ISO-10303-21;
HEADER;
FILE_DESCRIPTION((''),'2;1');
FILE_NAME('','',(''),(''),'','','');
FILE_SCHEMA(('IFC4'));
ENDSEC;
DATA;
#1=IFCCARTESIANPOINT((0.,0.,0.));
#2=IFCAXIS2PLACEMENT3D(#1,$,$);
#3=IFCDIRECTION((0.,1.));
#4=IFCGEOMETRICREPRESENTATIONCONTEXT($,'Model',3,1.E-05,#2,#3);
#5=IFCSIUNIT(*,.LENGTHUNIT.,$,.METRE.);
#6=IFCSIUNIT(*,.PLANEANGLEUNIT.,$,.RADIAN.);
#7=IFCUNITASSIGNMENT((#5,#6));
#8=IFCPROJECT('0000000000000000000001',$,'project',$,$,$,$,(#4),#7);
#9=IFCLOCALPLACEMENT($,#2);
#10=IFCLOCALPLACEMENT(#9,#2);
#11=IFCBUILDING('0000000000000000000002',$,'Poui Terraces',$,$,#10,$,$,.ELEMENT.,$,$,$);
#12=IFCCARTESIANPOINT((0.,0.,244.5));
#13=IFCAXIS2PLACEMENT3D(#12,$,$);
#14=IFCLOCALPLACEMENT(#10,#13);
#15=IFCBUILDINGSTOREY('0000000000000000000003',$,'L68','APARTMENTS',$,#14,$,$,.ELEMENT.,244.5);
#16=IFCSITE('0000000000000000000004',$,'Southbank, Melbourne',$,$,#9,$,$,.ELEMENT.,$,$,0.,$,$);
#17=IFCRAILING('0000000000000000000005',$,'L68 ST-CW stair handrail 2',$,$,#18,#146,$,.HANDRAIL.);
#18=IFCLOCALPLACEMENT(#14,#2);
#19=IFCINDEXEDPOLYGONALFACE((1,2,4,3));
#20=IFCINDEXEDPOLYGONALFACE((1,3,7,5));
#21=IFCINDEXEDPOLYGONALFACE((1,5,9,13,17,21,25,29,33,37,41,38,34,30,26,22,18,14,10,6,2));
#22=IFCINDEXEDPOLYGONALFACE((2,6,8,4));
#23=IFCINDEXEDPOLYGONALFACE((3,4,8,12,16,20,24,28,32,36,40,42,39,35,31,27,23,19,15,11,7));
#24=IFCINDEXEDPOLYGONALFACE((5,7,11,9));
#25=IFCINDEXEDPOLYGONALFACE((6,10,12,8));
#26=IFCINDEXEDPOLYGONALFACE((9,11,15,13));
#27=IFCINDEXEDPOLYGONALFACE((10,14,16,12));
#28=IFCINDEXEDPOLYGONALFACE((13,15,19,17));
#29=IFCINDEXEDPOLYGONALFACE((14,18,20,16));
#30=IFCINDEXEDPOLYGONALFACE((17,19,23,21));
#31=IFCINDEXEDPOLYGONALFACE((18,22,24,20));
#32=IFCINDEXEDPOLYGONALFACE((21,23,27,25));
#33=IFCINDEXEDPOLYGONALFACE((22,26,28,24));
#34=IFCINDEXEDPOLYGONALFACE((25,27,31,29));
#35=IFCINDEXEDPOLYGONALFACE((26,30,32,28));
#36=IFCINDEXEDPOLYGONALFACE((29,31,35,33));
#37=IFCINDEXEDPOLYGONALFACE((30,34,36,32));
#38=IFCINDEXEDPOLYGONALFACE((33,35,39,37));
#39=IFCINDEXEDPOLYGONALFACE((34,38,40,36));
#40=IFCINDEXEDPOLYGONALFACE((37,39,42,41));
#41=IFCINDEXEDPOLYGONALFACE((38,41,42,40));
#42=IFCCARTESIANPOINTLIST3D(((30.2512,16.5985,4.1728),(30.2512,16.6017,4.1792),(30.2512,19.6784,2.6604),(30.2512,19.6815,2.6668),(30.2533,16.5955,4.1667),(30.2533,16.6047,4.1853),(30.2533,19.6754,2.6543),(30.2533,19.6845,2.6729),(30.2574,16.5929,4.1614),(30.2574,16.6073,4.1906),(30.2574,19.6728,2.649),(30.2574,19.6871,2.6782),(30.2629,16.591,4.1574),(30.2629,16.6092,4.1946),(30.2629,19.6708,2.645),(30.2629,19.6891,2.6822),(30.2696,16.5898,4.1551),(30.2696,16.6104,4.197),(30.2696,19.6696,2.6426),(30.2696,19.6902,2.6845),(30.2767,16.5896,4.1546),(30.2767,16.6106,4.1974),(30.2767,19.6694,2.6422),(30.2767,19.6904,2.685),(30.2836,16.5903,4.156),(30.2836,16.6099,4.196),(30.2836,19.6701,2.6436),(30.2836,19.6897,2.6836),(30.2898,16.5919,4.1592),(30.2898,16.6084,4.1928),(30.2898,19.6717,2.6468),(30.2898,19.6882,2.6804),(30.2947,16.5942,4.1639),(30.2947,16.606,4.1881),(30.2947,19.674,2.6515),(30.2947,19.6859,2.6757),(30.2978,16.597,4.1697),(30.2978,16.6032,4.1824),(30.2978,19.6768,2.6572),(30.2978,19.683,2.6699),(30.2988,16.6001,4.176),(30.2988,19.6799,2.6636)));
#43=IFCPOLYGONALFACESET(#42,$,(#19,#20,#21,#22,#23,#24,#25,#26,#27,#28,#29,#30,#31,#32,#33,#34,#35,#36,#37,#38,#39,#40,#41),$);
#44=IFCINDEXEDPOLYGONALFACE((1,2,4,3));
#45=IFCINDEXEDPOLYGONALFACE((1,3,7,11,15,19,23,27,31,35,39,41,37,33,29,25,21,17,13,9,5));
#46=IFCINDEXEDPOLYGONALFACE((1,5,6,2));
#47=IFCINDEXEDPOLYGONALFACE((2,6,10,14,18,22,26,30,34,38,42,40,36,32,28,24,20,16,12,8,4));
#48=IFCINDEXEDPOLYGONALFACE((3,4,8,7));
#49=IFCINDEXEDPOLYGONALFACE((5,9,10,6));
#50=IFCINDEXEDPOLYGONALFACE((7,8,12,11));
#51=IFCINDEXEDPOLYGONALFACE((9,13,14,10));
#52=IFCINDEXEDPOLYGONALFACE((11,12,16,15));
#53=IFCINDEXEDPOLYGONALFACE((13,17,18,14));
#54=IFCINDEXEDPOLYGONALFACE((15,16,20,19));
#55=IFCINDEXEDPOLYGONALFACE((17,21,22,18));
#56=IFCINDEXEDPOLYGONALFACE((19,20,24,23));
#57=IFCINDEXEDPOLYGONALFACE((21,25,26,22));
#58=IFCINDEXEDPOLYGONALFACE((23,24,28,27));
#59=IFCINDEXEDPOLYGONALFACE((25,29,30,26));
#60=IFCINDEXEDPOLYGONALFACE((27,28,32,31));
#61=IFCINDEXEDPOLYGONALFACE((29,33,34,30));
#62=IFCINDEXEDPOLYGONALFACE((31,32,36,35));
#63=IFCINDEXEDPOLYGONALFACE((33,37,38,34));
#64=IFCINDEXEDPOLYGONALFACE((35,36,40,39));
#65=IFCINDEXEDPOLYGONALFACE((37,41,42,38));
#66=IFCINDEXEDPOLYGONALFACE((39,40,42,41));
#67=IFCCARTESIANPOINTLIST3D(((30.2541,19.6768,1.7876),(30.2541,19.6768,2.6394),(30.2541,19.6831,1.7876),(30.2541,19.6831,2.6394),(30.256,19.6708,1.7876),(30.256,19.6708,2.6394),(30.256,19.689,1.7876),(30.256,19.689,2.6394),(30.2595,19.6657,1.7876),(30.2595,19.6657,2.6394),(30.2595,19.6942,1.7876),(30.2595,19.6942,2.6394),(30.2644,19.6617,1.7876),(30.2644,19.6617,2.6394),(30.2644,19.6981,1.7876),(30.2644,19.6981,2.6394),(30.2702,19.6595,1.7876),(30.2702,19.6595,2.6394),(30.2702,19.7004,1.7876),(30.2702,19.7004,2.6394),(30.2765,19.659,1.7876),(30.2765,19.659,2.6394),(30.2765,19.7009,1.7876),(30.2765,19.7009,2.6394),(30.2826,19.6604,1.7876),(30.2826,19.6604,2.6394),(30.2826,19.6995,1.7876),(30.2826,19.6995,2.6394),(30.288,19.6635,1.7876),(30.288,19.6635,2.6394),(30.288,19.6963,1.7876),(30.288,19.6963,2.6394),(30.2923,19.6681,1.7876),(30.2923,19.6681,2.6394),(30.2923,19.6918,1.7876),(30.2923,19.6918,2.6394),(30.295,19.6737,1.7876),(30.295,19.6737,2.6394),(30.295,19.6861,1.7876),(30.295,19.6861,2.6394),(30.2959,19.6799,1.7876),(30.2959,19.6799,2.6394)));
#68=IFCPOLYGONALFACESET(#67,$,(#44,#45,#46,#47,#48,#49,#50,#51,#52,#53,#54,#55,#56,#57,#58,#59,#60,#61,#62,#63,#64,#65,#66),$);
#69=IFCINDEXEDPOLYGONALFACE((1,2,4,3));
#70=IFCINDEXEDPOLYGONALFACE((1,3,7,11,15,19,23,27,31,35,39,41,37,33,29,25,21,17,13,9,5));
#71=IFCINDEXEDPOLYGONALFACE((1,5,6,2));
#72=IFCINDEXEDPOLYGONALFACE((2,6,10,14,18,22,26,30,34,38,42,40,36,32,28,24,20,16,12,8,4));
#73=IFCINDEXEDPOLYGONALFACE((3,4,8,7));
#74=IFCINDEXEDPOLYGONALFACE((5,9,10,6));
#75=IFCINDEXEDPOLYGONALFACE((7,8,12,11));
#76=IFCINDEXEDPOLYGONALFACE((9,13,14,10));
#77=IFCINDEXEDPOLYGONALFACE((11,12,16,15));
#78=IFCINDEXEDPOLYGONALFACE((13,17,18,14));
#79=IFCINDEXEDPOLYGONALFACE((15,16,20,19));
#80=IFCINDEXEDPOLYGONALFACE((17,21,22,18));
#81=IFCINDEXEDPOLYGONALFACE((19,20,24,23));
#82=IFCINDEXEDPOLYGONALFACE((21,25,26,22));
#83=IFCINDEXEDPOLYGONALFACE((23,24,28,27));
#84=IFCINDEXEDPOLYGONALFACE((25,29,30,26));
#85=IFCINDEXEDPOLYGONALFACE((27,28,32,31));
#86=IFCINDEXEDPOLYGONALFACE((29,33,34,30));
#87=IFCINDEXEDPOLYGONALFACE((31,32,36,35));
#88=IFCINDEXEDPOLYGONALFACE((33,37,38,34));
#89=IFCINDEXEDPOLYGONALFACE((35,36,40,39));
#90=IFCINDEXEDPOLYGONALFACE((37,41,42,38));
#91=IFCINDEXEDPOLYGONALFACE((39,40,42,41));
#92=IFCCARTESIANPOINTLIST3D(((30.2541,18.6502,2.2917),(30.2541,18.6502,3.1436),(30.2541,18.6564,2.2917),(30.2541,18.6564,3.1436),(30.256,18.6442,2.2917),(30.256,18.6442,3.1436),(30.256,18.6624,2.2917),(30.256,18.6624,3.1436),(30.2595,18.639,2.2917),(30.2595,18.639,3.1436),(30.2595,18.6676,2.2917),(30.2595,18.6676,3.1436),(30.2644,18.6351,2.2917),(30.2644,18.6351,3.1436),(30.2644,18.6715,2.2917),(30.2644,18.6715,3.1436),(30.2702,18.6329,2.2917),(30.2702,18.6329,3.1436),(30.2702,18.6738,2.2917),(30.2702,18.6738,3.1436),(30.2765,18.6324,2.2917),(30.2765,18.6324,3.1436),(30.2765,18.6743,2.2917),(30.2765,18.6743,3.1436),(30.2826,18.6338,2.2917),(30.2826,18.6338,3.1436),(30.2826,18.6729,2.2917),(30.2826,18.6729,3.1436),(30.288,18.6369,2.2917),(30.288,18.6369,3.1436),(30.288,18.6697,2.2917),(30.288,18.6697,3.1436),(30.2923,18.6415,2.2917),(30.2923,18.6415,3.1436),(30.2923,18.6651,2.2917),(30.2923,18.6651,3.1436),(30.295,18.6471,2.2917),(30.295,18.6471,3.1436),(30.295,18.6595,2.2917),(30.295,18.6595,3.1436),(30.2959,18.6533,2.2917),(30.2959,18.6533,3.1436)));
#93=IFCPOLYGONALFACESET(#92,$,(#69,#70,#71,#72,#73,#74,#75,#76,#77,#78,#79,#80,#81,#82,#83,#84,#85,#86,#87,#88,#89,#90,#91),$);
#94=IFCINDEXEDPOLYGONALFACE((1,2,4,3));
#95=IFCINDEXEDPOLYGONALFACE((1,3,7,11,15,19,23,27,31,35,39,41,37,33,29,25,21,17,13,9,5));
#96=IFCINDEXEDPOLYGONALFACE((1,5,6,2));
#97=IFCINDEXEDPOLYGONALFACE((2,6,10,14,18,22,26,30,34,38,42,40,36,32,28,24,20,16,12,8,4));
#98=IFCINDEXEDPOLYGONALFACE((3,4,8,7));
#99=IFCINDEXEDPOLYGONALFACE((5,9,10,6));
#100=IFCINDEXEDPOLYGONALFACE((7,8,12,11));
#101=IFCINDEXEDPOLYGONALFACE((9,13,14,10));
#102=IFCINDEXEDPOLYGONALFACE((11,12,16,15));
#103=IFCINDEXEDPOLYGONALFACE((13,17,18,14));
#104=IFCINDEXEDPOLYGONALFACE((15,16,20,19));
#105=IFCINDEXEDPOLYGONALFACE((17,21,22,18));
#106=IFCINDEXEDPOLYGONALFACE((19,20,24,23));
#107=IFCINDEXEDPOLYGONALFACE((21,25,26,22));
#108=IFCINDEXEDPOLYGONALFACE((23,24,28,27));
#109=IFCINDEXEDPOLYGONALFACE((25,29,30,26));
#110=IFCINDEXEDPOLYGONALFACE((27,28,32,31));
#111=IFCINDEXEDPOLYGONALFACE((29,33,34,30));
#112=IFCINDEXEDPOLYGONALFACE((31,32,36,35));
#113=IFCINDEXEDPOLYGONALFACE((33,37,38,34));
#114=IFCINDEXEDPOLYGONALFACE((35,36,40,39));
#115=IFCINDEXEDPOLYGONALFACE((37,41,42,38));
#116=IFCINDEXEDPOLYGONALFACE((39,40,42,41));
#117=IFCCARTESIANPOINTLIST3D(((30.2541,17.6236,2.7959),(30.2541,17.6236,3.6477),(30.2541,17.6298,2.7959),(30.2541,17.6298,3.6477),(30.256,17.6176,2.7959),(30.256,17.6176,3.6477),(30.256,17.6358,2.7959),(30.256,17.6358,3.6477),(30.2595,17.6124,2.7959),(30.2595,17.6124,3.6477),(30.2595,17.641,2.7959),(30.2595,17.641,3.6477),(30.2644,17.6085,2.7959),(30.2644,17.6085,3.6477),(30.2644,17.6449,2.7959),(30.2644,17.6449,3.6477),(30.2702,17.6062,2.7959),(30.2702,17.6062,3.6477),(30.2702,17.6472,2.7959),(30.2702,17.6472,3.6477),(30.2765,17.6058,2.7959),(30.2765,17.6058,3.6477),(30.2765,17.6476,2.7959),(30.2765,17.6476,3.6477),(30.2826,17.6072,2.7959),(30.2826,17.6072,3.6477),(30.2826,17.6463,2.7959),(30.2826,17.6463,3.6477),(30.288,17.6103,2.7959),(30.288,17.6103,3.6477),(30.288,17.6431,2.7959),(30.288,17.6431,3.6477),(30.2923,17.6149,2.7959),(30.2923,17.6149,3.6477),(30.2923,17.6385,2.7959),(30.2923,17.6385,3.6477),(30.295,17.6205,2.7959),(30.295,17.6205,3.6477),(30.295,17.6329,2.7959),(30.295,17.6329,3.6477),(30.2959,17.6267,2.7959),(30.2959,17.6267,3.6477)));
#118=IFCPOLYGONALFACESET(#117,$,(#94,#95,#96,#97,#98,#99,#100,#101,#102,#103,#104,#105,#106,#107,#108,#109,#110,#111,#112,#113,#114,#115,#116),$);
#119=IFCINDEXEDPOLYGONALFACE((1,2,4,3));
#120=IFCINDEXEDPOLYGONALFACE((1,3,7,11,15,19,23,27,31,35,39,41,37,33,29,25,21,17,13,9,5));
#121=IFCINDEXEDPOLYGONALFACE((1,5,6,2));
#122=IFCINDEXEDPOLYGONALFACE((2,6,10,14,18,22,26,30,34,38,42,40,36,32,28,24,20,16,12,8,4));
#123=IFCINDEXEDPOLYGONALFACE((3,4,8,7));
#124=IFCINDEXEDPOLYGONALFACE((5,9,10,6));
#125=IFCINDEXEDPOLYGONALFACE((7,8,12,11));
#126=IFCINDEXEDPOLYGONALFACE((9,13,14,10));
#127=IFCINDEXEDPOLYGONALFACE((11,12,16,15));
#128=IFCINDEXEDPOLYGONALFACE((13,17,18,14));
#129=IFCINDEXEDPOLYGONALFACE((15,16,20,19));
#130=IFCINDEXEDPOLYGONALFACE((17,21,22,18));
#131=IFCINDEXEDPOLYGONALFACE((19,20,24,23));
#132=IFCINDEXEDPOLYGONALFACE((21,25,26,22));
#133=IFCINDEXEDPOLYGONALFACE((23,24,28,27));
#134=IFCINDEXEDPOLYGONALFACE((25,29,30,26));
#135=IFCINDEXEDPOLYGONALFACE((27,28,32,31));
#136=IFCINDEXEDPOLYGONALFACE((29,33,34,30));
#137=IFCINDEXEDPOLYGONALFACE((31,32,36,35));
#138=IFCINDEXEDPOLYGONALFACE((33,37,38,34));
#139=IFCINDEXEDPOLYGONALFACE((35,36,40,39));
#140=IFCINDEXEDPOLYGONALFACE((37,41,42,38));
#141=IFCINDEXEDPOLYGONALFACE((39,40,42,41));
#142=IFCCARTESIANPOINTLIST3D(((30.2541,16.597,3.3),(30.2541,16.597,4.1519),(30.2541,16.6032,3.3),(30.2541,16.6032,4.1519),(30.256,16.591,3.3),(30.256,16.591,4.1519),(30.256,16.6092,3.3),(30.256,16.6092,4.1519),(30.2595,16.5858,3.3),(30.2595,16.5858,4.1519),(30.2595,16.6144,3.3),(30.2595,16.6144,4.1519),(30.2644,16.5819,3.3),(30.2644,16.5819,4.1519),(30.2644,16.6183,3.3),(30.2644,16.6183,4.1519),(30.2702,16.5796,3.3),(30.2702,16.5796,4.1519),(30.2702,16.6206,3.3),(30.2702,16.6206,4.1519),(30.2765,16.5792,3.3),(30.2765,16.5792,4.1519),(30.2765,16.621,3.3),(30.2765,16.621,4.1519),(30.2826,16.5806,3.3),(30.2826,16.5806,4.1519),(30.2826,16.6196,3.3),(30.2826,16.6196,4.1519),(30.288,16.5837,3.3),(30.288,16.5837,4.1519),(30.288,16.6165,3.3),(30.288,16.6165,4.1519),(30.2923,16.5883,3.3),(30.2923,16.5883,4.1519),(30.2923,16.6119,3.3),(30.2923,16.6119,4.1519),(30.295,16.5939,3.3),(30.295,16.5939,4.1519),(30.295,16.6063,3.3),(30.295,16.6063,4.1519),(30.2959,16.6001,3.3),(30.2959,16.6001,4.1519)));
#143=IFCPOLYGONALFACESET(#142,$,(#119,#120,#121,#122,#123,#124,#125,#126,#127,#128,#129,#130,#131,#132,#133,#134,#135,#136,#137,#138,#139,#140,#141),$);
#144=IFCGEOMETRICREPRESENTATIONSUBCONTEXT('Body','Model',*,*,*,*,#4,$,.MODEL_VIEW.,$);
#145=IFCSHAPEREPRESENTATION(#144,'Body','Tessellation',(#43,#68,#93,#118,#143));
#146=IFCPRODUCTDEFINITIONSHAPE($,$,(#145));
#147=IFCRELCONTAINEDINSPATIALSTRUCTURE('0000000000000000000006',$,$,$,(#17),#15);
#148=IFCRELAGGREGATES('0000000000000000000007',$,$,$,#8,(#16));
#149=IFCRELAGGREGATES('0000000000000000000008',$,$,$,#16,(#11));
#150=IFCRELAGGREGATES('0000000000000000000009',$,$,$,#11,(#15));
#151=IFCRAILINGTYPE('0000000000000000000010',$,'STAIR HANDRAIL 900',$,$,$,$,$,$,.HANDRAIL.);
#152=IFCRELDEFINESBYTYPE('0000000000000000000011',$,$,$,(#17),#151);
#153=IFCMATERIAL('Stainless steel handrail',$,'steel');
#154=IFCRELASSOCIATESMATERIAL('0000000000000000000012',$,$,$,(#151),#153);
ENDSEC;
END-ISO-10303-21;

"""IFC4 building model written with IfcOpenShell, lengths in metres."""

from ifc_helpers import new_model, si_unit, direction, frame, origin, origin_2d, place, context, subcontext, project, spatial, circle, extrude, material, type_object, element, save


model = new_model("IFC4")

# Units and contexts
model_context = context("Model", 3, precision=1e-05, world=origin(), true_north=direction((0.0, 1.0)))
body_context = subcontext(model_context, "Body", "Model", "MODEL_VIEW")
ifc_project = project(units=[si_unit("LENGTHUNIT", "METRE"), si_unit("PLANEANGLEUNIT", "RADIAN")], contexts=[model_context])

# Site, building, storey
site_placement = place(None, origin())
site = spatial("IfcSite", under=ifc_project, at=site_placement, Name="Southbank, Melbourne", CompositionType="ELEMENT", RefElevation=0.0)
building_placement = place(site_placement, origin())
building = spatial("IfcBuilding", under=site, at=building_placement, Name="Poui Terraces", CompositionType="ELEMENT")
storey_placement = place(building_placement, frame((0.0, 0.0, 244.5)))
storey = spatial("IfcBuildingStorey", under=building, at=storey_placement, Name="L68", Description="APARTMENTS", CompositionType="ELEMENT", Elevation=244.5)

# Railing
ifc_material_1 = material(Name="Stainless steel handrail", Category="steel")
railing_type_1 = type_object("IfcRailingType", Name="STAIR HANDRAIL 900", PredefinedType="HANDRAIL", material=ifc_material_1)
railing_1_placement = place(storey_placement, frame((30.2749, 19.6799, 1.7876)))
element("IfcRailing", 1, at=railing_1_placement, inside=storey, type_object=railing_type_1, Name="L68 ST-CW stair handrail 2", PredefinedType="HANDRAIL", context=body_context, shape_type="SweptSolid", body=[
    extrude(circle(Radius=0.0239, at=origin_2d()), frame((0.0, 0.0, 0.876), z_axis=(0.0, -0.897606, 0.440798), x_axis=(1.0, 0.0, 0.0)), (0.0, 0.0, 1.0), 3.4312),
    extrude(circle(Radius=0.021, at=origin_2d()), origin(), (0.0, 0.0, 1.0), 0.8518),
    extrude(circle(Radius=0.021, at=origin_2d()), frame((0.0, -1.0266, 0.5042)), (0.0, 0.0, 1.0), 0.8518),
    extrude(circle(Radius=0.021, at=origin_2d()), frame((0.0, -2.0532, 1.0083)), (0.0, 0.0, 1.0), 0.8518),
    extrude(circle(Radius=0.021, at=origin_2d()), frame((0.0, -3.0798, 1.5125)), (0.0, 0.0, 1.0), 0.8518),
])

save(model, "model.ifc")
